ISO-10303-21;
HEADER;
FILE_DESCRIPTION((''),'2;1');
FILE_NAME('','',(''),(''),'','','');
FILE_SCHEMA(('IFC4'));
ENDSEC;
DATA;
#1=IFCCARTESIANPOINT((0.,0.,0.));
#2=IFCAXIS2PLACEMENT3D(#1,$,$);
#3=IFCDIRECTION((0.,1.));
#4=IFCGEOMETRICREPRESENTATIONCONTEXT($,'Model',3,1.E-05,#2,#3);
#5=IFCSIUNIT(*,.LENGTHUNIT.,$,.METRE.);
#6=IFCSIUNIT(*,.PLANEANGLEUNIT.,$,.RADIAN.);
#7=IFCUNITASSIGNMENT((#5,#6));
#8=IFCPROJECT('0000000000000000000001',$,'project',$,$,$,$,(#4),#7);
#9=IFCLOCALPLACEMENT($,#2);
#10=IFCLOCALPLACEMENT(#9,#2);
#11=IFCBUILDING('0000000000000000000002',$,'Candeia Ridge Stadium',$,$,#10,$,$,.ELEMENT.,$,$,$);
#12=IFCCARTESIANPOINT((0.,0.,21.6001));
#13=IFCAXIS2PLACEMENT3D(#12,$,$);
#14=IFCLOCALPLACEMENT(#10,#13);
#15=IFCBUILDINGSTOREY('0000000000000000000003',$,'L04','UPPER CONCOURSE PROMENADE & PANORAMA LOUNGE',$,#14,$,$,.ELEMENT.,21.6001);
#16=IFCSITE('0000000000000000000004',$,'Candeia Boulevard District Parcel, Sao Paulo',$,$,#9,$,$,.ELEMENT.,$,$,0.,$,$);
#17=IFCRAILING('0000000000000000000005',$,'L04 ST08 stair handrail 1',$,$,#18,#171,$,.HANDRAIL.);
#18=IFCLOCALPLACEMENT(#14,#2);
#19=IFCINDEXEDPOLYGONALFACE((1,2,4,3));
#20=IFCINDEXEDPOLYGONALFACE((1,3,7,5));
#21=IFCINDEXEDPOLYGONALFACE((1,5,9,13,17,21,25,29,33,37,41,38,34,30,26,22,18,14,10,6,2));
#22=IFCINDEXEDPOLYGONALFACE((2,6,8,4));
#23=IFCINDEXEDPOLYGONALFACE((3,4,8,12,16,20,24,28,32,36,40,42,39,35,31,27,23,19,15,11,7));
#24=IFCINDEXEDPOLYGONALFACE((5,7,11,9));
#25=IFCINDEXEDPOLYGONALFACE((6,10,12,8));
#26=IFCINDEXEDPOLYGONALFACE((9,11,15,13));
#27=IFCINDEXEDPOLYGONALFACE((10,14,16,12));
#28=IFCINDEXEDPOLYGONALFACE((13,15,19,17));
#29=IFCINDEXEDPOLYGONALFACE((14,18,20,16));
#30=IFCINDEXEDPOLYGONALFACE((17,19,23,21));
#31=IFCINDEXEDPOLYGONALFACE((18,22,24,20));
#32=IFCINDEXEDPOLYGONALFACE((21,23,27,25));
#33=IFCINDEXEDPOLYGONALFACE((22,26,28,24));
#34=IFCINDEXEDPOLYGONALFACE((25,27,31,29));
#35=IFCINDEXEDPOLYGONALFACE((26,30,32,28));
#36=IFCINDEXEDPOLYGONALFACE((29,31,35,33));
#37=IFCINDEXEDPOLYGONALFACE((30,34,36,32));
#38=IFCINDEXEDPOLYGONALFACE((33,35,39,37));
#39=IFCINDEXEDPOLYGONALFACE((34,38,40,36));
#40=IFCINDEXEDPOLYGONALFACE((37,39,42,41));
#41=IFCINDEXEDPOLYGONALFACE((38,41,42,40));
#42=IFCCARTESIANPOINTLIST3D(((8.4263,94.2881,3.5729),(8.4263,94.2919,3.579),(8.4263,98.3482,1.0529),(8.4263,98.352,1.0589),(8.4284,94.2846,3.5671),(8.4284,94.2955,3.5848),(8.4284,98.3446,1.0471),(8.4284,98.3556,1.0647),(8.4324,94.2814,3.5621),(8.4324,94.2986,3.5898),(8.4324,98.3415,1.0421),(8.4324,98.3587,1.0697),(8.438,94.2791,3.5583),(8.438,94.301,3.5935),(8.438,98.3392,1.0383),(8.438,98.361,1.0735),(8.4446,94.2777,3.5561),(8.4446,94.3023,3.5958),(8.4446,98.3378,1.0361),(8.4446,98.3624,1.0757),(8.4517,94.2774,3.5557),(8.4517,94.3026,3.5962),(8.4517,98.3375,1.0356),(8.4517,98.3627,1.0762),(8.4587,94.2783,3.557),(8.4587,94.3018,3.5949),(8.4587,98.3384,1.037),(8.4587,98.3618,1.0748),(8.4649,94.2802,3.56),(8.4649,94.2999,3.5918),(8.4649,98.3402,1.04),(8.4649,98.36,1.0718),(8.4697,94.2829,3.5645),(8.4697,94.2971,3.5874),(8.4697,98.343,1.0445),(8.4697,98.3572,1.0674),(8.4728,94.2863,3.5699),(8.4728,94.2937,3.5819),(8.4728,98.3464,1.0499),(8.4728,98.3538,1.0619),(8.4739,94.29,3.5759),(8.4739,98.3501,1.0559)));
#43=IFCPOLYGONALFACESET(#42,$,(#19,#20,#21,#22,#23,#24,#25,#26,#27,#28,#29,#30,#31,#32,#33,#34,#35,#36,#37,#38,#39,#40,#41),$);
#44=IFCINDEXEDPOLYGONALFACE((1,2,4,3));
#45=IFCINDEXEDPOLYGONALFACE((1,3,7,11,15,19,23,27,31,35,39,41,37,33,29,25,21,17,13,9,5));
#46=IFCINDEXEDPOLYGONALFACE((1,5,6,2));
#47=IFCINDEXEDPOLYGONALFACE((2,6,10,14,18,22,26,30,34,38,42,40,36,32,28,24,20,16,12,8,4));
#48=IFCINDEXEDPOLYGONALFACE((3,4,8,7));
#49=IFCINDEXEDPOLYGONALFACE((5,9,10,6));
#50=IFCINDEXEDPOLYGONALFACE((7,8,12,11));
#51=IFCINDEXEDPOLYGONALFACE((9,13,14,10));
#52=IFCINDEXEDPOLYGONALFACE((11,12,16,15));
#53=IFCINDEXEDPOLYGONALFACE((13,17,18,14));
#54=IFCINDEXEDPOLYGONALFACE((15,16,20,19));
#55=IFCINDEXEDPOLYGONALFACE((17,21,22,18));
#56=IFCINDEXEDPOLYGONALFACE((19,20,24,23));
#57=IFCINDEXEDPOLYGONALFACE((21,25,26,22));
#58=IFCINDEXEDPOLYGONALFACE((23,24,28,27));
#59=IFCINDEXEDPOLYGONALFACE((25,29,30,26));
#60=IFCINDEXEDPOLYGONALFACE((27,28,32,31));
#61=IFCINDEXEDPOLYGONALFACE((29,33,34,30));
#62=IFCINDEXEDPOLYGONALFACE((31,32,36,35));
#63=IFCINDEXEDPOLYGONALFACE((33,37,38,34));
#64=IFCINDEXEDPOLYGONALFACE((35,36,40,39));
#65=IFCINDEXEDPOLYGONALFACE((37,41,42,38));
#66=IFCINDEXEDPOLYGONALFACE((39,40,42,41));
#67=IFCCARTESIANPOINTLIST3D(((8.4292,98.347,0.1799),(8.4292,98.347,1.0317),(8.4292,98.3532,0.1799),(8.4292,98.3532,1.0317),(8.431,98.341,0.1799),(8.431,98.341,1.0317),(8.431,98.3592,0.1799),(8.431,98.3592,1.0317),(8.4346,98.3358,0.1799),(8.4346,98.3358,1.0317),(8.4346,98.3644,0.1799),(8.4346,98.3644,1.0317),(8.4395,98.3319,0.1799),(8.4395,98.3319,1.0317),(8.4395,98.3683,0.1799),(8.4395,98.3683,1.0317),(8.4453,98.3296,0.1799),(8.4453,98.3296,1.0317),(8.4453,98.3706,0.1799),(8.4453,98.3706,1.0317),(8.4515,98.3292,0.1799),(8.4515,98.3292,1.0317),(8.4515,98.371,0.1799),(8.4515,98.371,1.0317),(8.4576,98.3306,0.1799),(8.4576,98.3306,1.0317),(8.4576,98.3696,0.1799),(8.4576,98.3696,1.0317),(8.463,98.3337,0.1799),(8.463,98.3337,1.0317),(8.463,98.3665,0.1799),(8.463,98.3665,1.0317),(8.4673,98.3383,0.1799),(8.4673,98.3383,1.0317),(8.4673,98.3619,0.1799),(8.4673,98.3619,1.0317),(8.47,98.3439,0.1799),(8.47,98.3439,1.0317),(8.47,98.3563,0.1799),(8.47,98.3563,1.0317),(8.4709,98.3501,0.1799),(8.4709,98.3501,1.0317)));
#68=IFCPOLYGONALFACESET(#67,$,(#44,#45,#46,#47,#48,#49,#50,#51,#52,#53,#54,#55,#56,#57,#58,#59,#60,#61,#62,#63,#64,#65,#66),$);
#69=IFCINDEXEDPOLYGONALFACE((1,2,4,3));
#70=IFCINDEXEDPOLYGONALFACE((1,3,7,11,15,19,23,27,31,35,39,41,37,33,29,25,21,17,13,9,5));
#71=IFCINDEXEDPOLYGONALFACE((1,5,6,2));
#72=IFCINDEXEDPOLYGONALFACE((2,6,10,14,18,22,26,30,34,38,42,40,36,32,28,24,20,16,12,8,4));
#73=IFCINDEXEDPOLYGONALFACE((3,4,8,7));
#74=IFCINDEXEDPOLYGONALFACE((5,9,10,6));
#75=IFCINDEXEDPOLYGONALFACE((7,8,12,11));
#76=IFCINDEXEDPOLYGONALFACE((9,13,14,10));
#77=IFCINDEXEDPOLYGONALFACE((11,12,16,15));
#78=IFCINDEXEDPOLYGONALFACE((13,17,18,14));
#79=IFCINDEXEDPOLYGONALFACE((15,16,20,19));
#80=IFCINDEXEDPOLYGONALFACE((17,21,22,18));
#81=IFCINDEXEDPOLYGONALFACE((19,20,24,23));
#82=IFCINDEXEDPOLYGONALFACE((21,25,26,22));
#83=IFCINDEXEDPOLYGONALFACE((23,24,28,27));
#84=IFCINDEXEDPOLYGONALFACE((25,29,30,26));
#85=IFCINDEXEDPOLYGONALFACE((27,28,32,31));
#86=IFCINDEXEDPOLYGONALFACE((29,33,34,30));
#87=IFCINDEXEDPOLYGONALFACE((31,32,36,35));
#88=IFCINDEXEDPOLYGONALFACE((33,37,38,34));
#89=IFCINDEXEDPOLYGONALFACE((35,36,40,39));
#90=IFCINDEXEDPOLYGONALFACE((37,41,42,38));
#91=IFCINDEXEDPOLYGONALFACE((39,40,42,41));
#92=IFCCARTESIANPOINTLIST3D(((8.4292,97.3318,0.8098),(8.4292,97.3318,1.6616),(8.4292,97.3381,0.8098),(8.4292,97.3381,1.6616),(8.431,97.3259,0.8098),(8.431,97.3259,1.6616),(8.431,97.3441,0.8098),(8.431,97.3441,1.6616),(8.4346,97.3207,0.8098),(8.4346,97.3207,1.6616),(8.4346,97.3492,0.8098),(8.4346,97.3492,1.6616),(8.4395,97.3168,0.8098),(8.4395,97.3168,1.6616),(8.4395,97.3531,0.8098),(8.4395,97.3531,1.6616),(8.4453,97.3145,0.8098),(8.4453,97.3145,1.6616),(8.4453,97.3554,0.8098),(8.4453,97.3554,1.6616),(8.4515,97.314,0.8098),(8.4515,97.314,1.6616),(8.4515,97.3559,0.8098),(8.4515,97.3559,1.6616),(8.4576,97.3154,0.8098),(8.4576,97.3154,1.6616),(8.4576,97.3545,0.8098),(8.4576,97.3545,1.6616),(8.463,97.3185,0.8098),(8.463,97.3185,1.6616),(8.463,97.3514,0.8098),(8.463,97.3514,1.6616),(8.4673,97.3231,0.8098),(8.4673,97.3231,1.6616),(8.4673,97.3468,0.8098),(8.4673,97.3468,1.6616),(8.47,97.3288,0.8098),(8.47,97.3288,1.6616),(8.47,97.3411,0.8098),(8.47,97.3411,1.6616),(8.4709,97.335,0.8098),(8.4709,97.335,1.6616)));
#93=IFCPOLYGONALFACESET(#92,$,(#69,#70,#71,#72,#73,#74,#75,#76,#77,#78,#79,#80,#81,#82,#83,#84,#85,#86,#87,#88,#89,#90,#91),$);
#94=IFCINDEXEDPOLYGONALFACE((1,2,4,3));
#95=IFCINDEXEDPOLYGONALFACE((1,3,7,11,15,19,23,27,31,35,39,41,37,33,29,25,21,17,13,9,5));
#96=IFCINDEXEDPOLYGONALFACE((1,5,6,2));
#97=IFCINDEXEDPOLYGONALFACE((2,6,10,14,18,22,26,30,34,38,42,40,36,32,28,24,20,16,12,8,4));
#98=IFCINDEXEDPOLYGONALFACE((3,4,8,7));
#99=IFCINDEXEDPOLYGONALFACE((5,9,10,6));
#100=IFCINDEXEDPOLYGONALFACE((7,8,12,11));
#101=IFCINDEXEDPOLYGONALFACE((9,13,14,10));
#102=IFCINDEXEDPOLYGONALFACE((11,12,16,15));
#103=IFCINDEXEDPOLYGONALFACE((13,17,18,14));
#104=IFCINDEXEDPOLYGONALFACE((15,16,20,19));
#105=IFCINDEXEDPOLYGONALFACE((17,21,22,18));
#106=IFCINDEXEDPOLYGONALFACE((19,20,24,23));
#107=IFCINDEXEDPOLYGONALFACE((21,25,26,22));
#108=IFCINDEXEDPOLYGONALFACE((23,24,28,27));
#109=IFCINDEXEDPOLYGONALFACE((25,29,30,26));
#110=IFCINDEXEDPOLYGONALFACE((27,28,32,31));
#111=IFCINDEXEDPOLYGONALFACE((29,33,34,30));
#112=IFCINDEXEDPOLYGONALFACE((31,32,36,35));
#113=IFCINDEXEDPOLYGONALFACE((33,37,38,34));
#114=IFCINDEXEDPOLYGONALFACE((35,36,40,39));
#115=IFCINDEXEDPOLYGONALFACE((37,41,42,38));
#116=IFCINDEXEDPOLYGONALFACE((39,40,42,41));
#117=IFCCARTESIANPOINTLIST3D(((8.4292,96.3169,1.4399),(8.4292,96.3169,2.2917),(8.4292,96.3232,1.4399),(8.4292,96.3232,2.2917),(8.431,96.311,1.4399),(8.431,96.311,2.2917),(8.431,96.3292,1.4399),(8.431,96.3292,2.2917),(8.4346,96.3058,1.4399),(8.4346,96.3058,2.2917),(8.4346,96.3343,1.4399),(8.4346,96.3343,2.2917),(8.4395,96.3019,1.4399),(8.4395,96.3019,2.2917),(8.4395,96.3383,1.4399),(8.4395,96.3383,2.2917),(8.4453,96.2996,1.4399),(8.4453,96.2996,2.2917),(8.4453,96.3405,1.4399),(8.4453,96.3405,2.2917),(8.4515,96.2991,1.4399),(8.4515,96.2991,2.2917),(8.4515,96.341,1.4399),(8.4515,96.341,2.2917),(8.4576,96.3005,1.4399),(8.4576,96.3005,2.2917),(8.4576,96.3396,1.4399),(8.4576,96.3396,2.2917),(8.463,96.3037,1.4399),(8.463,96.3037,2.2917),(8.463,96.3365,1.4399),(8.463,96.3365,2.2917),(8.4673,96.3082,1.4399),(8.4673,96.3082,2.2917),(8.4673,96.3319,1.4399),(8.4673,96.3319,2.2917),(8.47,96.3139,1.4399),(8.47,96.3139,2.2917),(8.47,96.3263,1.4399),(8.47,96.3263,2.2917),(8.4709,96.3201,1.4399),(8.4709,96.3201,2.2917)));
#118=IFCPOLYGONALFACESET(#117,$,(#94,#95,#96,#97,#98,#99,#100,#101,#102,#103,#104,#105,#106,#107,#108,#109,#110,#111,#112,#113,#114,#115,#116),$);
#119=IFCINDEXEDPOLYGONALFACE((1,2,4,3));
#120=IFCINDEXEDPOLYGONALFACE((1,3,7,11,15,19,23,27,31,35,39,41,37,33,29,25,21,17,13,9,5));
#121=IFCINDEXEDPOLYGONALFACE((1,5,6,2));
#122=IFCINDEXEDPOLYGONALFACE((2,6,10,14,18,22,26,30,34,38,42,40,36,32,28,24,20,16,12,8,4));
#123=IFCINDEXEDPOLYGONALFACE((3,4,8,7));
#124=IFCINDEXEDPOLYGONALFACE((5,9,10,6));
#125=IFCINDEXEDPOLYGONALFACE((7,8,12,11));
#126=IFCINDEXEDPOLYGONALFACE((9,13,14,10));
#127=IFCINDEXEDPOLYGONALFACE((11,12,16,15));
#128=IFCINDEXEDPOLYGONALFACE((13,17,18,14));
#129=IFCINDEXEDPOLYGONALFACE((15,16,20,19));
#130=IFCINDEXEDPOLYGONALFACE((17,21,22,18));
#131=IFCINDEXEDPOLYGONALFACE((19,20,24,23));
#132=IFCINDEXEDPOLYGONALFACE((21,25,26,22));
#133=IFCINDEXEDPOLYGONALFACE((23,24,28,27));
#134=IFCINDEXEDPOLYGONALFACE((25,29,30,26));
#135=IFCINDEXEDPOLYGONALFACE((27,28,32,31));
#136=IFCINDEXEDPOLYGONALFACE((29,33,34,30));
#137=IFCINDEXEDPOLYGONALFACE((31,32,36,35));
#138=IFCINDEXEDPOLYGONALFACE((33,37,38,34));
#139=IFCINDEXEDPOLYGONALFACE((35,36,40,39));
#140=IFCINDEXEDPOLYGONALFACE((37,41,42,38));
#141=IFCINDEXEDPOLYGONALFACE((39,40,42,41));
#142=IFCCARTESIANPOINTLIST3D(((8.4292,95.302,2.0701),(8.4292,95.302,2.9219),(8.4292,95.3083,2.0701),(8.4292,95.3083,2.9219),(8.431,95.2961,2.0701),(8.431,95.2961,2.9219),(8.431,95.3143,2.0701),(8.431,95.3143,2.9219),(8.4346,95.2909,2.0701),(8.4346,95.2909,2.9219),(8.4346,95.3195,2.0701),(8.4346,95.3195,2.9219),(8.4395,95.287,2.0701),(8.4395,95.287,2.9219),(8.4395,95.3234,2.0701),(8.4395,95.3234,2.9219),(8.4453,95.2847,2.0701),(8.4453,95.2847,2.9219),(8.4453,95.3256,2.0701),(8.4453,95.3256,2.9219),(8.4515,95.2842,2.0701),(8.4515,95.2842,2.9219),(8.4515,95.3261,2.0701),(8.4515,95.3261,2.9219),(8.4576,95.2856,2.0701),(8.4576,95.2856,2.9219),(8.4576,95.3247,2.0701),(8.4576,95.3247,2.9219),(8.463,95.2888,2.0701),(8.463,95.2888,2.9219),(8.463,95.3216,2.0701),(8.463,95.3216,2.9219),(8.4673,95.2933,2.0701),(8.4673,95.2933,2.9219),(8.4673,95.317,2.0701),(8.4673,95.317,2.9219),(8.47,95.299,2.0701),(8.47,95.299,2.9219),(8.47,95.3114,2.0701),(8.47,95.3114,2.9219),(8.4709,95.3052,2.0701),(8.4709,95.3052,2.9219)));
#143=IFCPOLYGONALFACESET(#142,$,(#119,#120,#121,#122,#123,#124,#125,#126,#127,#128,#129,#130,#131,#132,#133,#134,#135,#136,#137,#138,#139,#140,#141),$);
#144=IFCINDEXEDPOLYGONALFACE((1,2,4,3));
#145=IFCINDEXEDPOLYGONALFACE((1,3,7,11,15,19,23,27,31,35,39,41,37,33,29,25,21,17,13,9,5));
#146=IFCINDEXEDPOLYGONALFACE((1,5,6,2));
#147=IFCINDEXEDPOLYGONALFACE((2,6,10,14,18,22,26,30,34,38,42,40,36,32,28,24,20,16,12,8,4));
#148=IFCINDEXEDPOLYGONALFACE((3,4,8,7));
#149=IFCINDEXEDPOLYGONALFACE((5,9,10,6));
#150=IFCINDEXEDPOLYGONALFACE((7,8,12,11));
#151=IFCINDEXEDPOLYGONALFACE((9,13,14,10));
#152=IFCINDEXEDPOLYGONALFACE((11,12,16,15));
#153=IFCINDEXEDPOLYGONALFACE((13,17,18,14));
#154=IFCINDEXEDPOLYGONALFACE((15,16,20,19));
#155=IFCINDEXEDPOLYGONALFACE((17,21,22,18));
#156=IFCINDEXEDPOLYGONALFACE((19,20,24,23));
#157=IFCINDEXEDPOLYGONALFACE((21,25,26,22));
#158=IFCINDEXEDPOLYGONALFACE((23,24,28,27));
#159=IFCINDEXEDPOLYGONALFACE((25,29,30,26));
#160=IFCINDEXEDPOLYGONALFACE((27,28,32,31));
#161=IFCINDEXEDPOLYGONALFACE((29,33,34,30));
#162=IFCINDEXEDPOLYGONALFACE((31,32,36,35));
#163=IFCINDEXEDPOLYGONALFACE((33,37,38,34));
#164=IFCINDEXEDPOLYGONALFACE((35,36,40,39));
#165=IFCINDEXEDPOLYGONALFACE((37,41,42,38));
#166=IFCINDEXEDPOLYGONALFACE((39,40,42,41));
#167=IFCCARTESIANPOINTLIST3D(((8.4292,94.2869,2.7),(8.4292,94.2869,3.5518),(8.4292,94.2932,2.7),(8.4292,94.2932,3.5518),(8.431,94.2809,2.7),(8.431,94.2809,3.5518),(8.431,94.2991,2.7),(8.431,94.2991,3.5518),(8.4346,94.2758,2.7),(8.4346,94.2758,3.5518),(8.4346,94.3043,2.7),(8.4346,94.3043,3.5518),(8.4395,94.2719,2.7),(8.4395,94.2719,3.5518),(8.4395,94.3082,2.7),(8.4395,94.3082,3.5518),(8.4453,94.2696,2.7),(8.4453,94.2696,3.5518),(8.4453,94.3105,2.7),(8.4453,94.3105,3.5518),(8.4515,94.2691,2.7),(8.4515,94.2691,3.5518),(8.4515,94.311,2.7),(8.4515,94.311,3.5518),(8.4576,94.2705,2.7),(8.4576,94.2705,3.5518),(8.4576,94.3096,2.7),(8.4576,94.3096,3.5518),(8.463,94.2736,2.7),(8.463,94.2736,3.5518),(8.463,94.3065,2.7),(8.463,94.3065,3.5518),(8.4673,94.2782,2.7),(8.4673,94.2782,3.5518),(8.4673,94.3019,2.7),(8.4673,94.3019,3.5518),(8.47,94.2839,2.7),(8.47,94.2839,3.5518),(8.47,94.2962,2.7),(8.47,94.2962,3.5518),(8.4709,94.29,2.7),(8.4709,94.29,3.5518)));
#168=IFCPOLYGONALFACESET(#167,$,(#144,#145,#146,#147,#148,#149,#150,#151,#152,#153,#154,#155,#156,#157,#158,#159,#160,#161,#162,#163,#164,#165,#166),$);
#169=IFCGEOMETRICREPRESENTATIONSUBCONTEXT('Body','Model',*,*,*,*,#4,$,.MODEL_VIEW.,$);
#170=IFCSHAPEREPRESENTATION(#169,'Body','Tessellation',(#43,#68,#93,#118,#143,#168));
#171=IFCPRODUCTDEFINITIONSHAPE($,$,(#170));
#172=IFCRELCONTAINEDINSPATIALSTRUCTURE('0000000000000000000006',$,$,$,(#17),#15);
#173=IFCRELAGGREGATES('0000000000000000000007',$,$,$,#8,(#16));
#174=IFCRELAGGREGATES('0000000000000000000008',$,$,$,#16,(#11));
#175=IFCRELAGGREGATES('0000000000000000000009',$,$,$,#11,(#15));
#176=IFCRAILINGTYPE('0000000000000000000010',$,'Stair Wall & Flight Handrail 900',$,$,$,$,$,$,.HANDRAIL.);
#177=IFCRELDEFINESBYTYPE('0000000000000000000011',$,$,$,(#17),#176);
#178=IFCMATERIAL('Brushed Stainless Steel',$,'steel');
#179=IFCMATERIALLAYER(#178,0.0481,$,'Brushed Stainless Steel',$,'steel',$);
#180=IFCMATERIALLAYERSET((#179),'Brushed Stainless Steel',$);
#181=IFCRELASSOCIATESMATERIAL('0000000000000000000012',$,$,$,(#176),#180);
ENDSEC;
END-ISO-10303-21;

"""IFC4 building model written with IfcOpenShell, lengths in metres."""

from ifc_helpers import new_model, si_unit, direction, frame, origin, origin_2d, place, context, subcontext, project, spatial, circle, extrude, material, layer, layer_set, type_object, element, save


model = new_model("IFC4")

# Units and contexts
model_context = context("Model", 3, precision=1e-05, world=origin(), true_north=direction((0.0, 1.0)))
body_context = subcontext(model_context, "Body", "Model", "MODEL_VIEW")
ifc_project = project(units=[si_unit("LENGTHUNIT", "METRE"), si_unit("PLANEANGLEUNIT", "RADIAN")], contexts=[model_context])

# Site, building, storey
site_placement = place(None, origin())
site = spatial("IfcSite", under=ifc_project, at=site_placement, Name="Candeia Boulevard District Parcel, Sao Paulo", CompositionType="ELEMENT", RefElevation=0.0)
building_placement = place(site_placement, origin())
building = spatial("IfcBuilding", under=site, at=building_placement, Name="Candeia Ridge Stadium", CompositionType="ELEMENT")
storey_placement = place(building_placement, frame((0.0, 0.0, 21.6001)))
storey = spatial("IfcBuildingStorey", under=building, at=storey_placement, Name="L04", Description="UPPER CONCOURSE PROMENADE & PANORAMA LOUNGE", CompositionType="ELEMENT", Elevation=21.6001)

# Shared definitions
ifc_material_1 = material(Name="Brushed Stainless Steel", Category="steel")

# Railing
ifc_layer_1 = layer(ifc_material_1, 0.0481, Name="Brushed Stainless Steel", Category="steel")
ifc_layer_set_1 = layer_set([ifc_layer_1], Name="Brushed Stainless Steel")
railing_type_1 = type_object("IfcRailingType", Name="Stair Wall & Flight Handrail 900", PredefinedType="HANDRAIL", material=ifc_layer_set_1)
railing_1_placement = place(storey_placement, frame((8.45, 98.3501, 0.1799)))
element("IfcRailing", 1, at=railing_1_placement, inside=storey, type_object=railing_type_1, Name="L04 ST08 stair handrail 1", PredefinedType="HANDRAIL", context=body_context, shape_type="SweptSolid", body=[
    extrude(circle(Radius=0.0239, at=origin_2d()), frame((0.0, 0.0, 0.876), z_axis=(0.0, -0.849642, 0.52736), x_axis=(1.0, 0.0, 0.0)), (0.0, 0.0, 1.0), 4.7786),
    extrude(circle(Radius=0.021, at=origin_2d()), origin(), (0.0, 0.0, 1.0), 0.8518),
    extrude(circle(Radius=0.021, at=origin_2d()), frame((0.0, -1.0151, 0.6299)), (0.0, 0.0, 1.0), 0.8518),
    extrude(circle(Radius=0.021, at=origin_2d()), frame((0.0, -2.03, 1.26)), (0.0, 0.0, 1.0), 0.8518),
    extrude(circle(Radius=0.021, at=origin_2d()), frame((0.0, -3.0449, 1.8901)), (0.0, 0.0, 1.0), 0.8518),
    extrude(circle(Radius=0.021, at=origin_2d()), frame((0.0, -4.0601, 2.52)), (0.0, 0.0, 1.0), 0.8518),
])

save(model, "model.ifc")
